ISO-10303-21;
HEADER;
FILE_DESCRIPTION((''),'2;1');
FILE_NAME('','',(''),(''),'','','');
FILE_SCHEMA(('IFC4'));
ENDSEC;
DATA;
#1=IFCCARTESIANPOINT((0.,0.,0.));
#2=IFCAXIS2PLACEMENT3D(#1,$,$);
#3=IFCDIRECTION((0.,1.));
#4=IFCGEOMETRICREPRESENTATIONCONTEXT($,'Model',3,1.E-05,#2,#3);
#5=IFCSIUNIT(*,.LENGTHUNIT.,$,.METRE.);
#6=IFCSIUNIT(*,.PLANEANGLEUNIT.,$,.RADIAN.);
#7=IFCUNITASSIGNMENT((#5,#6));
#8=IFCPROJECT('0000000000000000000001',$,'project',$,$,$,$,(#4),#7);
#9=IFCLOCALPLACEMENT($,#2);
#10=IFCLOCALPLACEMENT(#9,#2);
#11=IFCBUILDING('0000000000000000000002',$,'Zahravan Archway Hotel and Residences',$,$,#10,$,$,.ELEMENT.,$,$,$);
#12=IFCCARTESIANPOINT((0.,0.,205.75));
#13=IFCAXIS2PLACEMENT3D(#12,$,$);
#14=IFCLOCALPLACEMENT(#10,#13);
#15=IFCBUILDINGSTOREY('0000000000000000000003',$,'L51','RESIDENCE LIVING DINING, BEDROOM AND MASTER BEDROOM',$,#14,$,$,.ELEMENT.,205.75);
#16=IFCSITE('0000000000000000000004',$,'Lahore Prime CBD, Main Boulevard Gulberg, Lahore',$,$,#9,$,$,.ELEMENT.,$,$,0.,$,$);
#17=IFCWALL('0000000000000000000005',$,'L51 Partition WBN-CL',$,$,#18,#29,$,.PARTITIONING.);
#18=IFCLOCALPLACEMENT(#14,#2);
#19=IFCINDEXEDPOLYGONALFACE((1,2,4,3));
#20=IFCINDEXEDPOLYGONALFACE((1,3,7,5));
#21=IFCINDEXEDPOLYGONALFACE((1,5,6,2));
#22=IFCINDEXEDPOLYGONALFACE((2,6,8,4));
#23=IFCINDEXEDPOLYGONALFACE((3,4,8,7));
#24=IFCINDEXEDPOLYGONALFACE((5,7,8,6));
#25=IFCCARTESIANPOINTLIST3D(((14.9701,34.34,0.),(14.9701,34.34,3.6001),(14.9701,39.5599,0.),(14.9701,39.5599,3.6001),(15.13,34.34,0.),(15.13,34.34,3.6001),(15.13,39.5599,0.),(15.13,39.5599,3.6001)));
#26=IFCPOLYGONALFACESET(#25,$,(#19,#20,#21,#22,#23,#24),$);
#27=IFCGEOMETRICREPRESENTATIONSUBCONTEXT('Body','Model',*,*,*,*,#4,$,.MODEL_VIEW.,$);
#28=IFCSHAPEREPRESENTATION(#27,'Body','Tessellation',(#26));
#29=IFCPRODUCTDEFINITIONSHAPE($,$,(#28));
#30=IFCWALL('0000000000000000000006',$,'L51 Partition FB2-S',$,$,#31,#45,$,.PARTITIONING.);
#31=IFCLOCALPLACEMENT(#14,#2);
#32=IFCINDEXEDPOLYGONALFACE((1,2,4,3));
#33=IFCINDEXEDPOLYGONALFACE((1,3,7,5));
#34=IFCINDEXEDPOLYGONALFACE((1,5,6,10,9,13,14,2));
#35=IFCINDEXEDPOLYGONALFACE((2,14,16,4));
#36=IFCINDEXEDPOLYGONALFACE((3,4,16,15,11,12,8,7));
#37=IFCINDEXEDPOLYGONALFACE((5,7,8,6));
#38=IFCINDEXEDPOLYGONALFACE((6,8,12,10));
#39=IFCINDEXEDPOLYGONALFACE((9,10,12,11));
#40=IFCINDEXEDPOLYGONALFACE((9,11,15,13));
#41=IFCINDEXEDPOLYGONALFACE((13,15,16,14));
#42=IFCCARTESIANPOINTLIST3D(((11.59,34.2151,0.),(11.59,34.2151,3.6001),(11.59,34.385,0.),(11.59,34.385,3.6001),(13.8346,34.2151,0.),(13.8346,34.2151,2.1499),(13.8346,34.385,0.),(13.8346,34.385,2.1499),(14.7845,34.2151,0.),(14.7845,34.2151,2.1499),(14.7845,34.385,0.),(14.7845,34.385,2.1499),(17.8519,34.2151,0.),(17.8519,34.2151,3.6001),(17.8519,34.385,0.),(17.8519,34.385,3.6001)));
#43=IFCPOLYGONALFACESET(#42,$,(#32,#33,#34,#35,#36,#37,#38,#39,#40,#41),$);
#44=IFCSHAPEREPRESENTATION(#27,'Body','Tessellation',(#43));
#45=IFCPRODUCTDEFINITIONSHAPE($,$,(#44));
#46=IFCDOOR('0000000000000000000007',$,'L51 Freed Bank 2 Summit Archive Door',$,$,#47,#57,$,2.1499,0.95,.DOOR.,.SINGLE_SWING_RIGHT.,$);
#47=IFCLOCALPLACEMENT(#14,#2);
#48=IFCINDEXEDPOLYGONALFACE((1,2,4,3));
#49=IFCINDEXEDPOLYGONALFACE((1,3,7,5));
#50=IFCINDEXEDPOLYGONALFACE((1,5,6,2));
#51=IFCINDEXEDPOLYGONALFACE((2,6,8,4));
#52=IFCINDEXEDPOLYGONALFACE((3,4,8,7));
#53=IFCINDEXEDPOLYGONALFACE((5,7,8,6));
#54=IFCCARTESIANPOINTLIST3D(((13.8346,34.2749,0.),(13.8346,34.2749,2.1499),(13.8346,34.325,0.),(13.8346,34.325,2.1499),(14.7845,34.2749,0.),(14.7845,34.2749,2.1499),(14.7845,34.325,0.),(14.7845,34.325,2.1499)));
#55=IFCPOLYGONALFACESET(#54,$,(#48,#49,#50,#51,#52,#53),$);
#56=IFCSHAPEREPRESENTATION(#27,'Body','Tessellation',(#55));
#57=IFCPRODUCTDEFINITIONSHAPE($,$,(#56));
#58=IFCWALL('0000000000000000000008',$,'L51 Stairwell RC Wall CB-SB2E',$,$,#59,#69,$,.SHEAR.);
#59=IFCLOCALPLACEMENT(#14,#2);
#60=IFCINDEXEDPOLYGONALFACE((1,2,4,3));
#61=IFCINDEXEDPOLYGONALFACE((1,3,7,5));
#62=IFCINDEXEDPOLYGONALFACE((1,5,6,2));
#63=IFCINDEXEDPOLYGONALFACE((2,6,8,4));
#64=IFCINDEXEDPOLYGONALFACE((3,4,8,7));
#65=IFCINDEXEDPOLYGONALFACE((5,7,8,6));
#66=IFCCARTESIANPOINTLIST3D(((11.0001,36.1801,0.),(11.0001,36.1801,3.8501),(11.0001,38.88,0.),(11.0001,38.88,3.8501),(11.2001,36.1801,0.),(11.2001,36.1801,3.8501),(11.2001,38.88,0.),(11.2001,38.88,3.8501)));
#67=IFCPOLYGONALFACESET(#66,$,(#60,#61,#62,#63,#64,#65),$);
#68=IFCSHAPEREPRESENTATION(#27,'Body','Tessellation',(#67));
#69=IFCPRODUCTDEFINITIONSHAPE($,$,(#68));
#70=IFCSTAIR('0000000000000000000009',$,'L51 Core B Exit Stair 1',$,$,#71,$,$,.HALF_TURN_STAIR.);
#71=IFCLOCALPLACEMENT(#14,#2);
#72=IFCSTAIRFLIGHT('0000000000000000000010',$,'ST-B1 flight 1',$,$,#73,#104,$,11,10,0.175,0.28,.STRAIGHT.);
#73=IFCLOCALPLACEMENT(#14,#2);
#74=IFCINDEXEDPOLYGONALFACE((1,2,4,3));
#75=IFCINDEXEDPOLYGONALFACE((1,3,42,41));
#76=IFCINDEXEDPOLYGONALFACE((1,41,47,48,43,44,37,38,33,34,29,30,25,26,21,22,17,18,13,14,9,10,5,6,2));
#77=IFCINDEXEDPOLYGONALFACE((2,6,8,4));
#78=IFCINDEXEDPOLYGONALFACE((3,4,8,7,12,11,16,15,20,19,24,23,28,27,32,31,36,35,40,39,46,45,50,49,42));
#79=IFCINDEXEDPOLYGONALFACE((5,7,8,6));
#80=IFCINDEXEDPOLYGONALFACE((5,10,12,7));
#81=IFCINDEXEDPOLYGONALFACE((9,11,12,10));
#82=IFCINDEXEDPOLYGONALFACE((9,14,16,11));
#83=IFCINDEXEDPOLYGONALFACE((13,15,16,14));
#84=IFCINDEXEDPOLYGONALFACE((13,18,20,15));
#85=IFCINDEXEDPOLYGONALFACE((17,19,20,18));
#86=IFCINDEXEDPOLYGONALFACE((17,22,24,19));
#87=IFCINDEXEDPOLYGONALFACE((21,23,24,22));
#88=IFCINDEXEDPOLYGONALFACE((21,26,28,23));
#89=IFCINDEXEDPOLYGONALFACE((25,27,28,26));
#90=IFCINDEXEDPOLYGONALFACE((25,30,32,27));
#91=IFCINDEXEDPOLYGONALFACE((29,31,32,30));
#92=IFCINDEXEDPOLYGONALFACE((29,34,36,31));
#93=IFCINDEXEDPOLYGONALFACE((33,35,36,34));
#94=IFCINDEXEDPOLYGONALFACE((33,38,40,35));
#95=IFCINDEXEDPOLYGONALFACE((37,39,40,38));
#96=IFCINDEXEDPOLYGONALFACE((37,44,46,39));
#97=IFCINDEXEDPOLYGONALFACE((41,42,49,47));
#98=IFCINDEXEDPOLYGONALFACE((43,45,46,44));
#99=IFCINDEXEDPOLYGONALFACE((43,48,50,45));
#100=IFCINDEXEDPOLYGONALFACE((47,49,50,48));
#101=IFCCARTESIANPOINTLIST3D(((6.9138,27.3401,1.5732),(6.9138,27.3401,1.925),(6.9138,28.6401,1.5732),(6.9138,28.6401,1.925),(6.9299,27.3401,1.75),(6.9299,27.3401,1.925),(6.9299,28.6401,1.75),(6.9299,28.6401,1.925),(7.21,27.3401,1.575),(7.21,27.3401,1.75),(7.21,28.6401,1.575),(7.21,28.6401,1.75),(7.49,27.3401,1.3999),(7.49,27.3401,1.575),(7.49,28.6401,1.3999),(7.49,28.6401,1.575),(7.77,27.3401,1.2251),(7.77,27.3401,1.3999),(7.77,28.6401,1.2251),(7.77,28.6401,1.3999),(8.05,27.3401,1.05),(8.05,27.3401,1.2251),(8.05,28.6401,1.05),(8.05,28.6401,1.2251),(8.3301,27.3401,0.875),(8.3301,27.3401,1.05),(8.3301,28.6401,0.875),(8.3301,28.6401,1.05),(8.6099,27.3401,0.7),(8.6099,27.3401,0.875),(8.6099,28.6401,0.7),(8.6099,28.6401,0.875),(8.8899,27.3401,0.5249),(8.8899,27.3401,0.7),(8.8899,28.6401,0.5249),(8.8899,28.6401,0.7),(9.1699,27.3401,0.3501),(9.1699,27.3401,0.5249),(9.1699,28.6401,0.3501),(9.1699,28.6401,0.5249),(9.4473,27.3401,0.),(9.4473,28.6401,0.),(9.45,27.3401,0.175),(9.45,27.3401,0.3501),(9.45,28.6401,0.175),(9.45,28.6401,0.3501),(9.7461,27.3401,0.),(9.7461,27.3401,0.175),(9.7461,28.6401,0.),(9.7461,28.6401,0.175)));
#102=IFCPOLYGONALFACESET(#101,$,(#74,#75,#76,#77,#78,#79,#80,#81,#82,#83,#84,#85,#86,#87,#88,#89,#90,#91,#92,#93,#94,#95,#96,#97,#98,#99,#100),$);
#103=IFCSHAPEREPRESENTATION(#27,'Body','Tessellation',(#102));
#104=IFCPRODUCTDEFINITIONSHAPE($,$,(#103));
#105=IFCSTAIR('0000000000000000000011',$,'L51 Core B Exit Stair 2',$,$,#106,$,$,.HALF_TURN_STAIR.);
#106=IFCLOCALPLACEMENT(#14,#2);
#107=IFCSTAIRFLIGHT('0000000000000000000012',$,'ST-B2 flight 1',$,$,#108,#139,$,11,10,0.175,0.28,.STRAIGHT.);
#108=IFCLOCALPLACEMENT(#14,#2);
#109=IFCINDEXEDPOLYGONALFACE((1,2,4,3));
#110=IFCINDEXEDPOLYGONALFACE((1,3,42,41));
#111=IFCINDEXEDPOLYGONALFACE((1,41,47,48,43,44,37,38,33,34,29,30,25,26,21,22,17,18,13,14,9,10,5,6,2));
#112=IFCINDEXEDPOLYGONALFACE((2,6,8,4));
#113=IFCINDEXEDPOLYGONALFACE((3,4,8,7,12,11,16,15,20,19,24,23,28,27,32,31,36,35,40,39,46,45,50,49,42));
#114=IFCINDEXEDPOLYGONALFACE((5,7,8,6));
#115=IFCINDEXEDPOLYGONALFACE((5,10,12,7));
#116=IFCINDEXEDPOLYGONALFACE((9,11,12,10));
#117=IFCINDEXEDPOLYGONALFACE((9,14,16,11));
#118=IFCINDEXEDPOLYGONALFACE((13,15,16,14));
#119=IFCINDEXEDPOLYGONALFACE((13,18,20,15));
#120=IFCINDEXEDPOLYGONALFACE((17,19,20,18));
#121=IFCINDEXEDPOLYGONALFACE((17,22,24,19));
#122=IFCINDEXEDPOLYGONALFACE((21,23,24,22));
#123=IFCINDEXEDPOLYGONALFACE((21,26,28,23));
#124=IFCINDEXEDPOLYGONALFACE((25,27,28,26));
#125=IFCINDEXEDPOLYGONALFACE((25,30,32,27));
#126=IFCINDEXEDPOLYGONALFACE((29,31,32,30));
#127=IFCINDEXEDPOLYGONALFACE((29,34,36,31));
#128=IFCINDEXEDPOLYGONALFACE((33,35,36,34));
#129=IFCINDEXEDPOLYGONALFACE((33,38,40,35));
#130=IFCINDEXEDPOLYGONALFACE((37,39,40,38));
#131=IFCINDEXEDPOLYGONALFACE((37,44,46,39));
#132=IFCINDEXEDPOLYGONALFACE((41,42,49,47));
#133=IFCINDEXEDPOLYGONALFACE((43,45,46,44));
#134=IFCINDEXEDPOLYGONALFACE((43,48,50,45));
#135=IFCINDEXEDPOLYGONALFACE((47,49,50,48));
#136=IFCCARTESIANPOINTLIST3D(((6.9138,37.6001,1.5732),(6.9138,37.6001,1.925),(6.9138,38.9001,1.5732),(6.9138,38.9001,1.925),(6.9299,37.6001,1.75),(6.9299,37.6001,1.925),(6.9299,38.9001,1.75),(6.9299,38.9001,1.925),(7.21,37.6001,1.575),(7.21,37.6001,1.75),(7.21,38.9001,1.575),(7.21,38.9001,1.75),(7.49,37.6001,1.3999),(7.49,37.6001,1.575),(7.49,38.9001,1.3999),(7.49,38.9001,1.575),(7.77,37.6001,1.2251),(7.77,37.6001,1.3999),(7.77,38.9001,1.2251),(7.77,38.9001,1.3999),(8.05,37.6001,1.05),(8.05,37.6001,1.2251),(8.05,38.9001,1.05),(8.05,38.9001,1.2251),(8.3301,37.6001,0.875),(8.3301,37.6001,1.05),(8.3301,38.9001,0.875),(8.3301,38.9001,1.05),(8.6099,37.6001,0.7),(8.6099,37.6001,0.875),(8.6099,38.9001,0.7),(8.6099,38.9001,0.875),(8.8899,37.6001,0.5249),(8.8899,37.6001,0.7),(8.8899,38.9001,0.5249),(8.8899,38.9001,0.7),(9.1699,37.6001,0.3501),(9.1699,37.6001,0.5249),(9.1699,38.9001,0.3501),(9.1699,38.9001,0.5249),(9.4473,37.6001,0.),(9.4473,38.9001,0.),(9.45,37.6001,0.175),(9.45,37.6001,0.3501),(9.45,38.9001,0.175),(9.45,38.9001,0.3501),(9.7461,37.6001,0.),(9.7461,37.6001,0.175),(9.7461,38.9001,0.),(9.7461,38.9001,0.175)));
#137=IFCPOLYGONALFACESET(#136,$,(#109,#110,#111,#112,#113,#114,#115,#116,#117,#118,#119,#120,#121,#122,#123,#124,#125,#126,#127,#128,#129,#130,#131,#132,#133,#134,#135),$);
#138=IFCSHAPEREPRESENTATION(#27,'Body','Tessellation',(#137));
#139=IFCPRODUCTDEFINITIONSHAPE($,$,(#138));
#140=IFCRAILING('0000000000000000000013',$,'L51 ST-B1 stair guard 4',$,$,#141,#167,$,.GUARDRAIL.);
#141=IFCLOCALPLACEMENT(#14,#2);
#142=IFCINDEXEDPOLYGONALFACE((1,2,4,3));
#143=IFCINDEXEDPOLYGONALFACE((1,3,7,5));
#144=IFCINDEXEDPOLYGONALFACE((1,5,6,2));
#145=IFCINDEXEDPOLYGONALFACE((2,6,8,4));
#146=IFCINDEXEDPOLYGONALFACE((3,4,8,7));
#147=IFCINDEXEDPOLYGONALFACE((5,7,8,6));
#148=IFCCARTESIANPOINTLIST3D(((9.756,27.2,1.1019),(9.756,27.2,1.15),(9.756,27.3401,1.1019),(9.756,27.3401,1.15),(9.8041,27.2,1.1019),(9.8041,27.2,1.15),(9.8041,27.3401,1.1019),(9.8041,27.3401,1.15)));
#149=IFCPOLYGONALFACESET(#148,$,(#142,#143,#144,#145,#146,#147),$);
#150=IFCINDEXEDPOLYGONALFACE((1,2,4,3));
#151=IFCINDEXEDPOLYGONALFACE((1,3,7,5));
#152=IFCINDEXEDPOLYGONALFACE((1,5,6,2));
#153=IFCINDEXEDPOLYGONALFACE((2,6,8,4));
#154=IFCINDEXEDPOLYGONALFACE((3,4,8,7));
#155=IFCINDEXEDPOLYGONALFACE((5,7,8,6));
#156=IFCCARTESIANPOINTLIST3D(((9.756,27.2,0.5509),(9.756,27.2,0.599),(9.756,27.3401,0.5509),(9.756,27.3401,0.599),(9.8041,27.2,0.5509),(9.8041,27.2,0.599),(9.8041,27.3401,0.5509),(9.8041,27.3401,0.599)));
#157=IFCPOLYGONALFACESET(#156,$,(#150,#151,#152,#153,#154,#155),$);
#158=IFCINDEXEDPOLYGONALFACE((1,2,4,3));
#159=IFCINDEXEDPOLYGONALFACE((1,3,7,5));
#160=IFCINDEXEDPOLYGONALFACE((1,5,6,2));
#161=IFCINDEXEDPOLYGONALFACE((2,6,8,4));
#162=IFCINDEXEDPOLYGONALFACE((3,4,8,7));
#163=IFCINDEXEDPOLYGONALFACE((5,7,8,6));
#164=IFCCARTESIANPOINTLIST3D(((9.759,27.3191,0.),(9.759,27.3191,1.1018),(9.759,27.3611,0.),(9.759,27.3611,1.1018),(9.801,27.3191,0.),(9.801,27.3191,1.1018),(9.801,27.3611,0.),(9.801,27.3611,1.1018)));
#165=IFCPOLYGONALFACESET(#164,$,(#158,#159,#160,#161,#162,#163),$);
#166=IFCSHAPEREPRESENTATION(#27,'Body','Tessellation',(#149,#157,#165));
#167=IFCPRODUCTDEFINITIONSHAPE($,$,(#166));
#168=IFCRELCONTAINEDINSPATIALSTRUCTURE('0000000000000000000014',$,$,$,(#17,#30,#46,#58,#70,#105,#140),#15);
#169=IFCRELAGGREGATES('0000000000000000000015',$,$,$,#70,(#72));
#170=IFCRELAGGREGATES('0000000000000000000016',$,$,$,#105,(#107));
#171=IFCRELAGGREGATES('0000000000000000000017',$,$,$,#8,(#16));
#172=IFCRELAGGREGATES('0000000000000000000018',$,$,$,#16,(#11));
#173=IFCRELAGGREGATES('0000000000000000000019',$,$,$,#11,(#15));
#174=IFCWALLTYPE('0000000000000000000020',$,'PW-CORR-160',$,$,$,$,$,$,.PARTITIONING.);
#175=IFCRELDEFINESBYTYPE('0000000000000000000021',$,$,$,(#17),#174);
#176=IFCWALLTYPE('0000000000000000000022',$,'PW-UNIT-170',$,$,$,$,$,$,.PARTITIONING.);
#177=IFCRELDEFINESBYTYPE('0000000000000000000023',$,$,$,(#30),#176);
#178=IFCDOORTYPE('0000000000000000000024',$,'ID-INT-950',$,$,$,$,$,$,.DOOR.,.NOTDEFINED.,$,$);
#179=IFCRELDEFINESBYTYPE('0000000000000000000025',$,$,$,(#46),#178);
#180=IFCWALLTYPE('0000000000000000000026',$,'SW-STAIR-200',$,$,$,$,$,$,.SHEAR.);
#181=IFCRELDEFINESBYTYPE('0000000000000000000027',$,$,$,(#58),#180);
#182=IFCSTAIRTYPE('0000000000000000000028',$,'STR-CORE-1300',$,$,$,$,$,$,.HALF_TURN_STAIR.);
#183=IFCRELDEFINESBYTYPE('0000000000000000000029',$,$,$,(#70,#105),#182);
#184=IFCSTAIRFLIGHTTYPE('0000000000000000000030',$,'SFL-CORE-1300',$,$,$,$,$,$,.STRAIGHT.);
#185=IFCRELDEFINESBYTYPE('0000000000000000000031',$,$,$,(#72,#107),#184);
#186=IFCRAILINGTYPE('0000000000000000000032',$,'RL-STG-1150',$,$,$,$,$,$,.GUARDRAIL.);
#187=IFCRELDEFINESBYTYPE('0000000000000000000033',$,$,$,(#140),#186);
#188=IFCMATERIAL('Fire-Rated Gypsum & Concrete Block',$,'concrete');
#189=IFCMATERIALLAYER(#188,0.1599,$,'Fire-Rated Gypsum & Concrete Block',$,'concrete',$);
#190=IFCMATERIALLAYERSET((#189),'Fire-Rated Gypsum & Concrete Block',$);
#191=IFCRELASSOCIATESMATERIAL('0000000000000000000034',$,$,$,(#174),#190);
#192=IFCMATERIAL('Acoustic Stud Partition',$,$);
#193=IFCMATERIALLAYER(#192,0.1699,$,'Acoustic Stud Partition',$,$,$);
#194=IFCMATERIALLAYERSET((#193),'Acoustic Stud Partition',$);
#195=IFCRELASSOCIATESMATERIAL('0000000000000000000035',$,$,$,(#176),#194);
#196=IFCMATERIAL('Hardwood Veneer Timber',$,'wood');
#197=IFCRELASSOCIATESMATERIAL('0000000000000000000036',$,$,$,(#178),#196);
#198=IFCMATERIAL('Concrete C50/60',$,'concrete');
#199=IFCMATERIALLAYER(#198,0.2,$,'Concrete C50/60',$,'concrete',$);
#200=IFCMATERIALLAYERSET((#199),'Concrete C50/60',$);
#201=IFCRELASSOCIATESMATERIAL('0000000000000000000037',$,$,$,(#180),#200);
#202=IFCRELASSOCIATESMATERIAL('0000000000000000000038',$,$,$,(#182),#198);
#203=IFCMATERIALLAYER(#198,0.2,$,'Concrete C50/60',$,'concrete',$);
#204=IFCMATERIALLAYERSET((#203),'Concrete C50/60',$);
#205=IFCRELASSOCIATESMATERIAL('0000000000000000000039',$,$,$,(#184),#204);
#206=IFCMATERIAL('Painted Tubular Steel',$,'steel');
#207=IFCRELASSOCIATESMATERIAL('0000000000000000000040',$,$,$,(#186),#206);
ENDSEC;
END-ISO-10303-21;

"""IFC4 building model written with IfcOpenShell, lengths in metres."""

from ifc_helpers import new_model, si_unit, direction, frame, frame_2d, origin, origin_2d, place, context, subcontext, project, spatial, polyline, rectangle, outline, extrude, source, transform, mapped, material, layer, layer_set, type_object, type_shapes, element, fill, aggregate, save


model = new_model("IFC4")

# Units and contexts
model_context = context("Model", 3, precision=1e-05, world=origin(), true_north=direction((0.0, 1.0)))
body_context = subcontext(model_context, "Body", "Model", "MODEL_VIEW")
ifc_project = project(units=[si_unit("LENGTHUNIT", "METRE"), si_unit("PLANEANGLEUNIT", "RADIAN")], contexts=[model_context])

# Site, building, storey
site_placement = place(None, origin())
site = spatial("IfcSite", under=ifc_project, at=site_placement, Name="Lahore Prime CBD, Main Boulevard Gulberg, Lahore", CompositionType="ELEMENT", RefElevation=0.0)
building_placement = place(site_placement, origin())
building = spatial("IfcBuilding", under=site, at=building_placement, Name="Zahravan Archway Hotel and Residences", CompositionType="ELEMENT")
storey_placement = place(building_placement, frame((0.0, 0.0, 205.75)))
storey = spatial("IfcBuildingStorey", under=building, at=storey_placement, Name="L51", Description="RESIDENCE LIVING DINING, BEDROOM AND MASTER BEDROOM", CompositionType="ELEMENT", Elevation=205.75)

# Wall
ifc_material_1 = material(Name="Fire-Rated Gypsum & Concrete Block", Category="concrete")
ifc_layer_1 = layer(ifc_material_1, 0.1599, Name="Fire-Rated Gypsum & Concrete Block", Category="concrete")
ifc_layer_set_1 = layer_set([ifc_layer_1], Name="Fire-Rated Gypsum & Concrete Block")
wall_type_1 = type_object("IfcWallType", Name="PW-CORR-160", PredefinedType="PARTITIONING", material=ifc_layer_set_1)
wall_1_placement = place(storey_placement, frame((15.05, 34.3401, 0.0), z_axis=(0.0, 0.0, 1.0), x_axis=(0.0, 1.0, 0.0)))
element("IfcWall", 1, at=wall_1_placement, inside=storey, type_object=wall_type_1, Name="L51 Partition WBN-CL", PredefinedType="PARTITIONING", context=body_context, shape_type="SweptSolid", body=[
    extrude(rectangle(XDim=5.22, YDim=0.1599, at=frame_2d((2.6099, 0.0))), origin(), (0.0, 0.0, 1.0), 3.6001),
])

# Wall, opening, door
ifc_material_2 = material(Name="Acoustic Stud Partition")
ifc_layer_2 = layer(ifc_material_2, 0.1699, Name="Acoustic Stud Partition")
ifc_layer_set_2 = layer_set([ifc_layer_2], Name="Acoustic Stud Partition")
wall_type_2 = type_object("IfcWallType", Name="PW-UNIT-170", PredefinedType="PARTITIONING", material=ifc_layer_set_2)
ifc_material_3 = material(Name="Hardwood Veneer Timber", Category="wood")
door_type = type_object("IfcDoorType", Name="ID-INT-950", OperationType="NOTDEFINED", PredefinedType="DOOR", material=ifc_material_3)
shared_shape_1 = source(origin(), body_context, "Body", "SweptSolid", [
    extrude(rectangle(XDim=0.95, YDim=2.1499, at=frame_2d((0.4751, 1.075))), frame((0.0, 0.0249, 0.0), z_axis=(0.0, -1.0, 0.0), x_axis=(1.0, 0.0, 0.0)), (0.0, 0.0, 1.0), 0.05),
])
type_shapes(door_type, [shared_shape_1])
wall_2_placement = place(storey_placement, frame((11.5901, 34.3, 0.0), z_axis=(0.0, 0.0, 1.0), x_axis=(1.0, 0.0, 0.0)))
wall_2 = element("IfcWall", 2, at=wall_2_placement, inside=storey, type_object=wall_type_2, Name="L51 Partition FB2-S", PredefinedType="PARTITIONING", context=body_context, shape_type="SweptSolid", body=[
    extrude(rectangle(XDim=6.262, YDim=0.1699, at=frame_2d((3.1309, 0.0))), origin(), (0.0, 0.0, 1.0), 3.6001),
])
opening_1_placement = place(wall_2_placement, frame((2.2444, 0.0, 0.0)))
opening_1 = element("IfcOpeningElement", 3, at=opening_1_placement, cuts=wall_2, PredefinedType="OPENING", context=body_context, shape_type="SweptSolid", body=[
    extrude(rectangle(XDim=0.95, YDim=2.1499, at=frame_2d((0.4751, 1.075))), frame((0.0, 0.095, 0.0), z_axis=(0.0, -1.0, 0.0), x_axis=(1.0, 0.0, 0.0)), (0.0, 0.0, 1.0), 0.1899),
])
door_1_placement = place(opening_1_placement, origin())
door_1 = element("IfcDoor", 4, at=door_1_placement, inside=storey, type_object=door_type, Name="L51 Freed Bank 2 Summit Archive Door", OperationType="SINGLE_SWING_RIGHT", OverallHeight=2.1499, OverallWidth=0.95, PredefinedType="DOOR", context=body_context, shape_type="MappedRepresentation", body=[
    mapped(shared_shape_1, transform((0.0, 0.0, 0.0), scale=1.0)),
])
fill(opening_1, door_1)

# Wall
ifc_material_4 = material(Name="Concrete C50/60", Category="concrete")
ifc_layer_3 = layer(ifc_material_4, 0.2, Name="Concrete C50/60", Category="concrete")
ifc_layer_set_3 = layer_set([ifc_layer_3], Name="Concrete C50/60")
wall_type_3 = type_object("IfcWallType", Name="SW-STAIR-200", PredefinedType="SHEAR", material=ifc_layer_set_3)
wall_3_placement = place(storey_placement, frame((11.1001, 36.1799, 0.0), z_axis=(0.0, 0.0, 1.0), x_axis=(0.0, 1.0, 0.0)))
element("IfcWall", 5, at=wall_3_placement, inside=storey, type_object=wall_type_3, Name="L51 Stairwell RC Wall CB-SB2E", PredefinedType="SHEAR", context=body_context, shape_type="SweptSolid", body=[
    extrude(rectangle(XDim=2.7, YDim=0.2, at=frame_2d((1.3501, 0.0))), origin(), (0.0, 0.0, 1.0), 3.8501),
])

# Stairs, stair flights
stair_type = type_object("IfcStairType", Name="STR-CORE-1300", PredefinedType="HALF_TURN_STAIR", material=ifc_material_4)
stair_1_placement = place(storey_placement, origin())
stair_1 = element("IfcStair", 6, at=stair_1_placement, inside=storey, type_object=stair_type, Name="L51 Core B Exit Stair 1", PredefinedType="HALF_TURN_STAIR")
ifc_layer_4 = layer(ifc_material_4, 0.2, Name="Concrete C50/60", Category="concrete")
ifc_layer_set_4 = layer_set([ifc_layer_4], Name="Concrete C50/60")
stair_flight_type = type_object("IfcStairFlightType", Name="SFL-CORE-1300", PredefinedType="STRAIGHT", material=ifc_layer_set_4)
shared_shape_2 = source(origin(), body_context, "Body", "SweptSolid", [
    extrude(outline(polyline([(-0.0161, 0.0), (-0.0161, 0.175), (0.28, 0.175), (0.28, 0.3501), (0.5601, 0.3501), (0.5601, 0.5249), (0.8401, 0.5249), (0.8401, 0.7), (1.1201, 0.7), (1.1201, 0.875), (1.3999, 0.875), (1.3999, 1.05), (1.6799, 1.05), (1.6799, 1.2251), (1.96, 1.2251), (1.96, 1.3999), (2.24, 1.3999), (2.24, 1.575), (2.52, 1.575), (2.52, 1.75), (2.8, 1.75), (2.8, 1.925), (2.8162, 1.925), (2.8162, 1.5732), (0.2827, 0.0), (-0.0161, 0.0)])), frame((0.0, 0.6499, 0.0), z_axis=(0.0, -1.0, 0.0), x_axis=(1.0, 0.0, 0.0)), (0.0, 0.0, 1.0), 1.3),
])
stair_flight_1_placement = place(storey_placement, frame((9.73, 27.99, 0.0), z_axis=(0.0, 0.0, 1.0), x_axis=(-1.0, 0.0, 0.0)))
stair_flight_1 = element("IfcStairFlight", 7, at=stair_flight_1_placement, type_object=stair_flight_type, Name="ST-B1 flight 1", NumberOfRisers=11, NumberOfTreads=10, PredefinedType="STRAIGHT", RiserHeight=0.175, TreadLength=0.28, context=body_context, shape_type="MappedRepresentation", body=[
    mapped(shared_shape_2, transform((0.0, 0.0, 0.0), scale=1.0)),
])
aggregate(stair_1, [stair_flight_1])
stair_2_placement = place(storey_placement, origin())
stair_2 = element("IfcStair", 8, at=stair_2_placement, inside=storey, type_object=stair_type, Name="L51 Core B Exit Stair 2", PredefinedType="HALF_TURN_STAIR")
stair_flight_2_placement = place(storey_placement, frame((9.73, 38.25, 0.0), z_axis=(0.0, 0.0, 1.0), x_axis=(-1.0, 0.0, 0.0)))
stair_flight_2 = element("IfcStairFlight", 9, at=stair_flight_2_placement, type_object=stair_flight_type, Name="ST-B2 flight 1", NumberOfRisers=11, NumberOfTreads=10, PredefinedType="STRAIGHT", RiserHeight=0.175, TreadLength=0.28, context=body_context, shape_type="MappedRepresentation", body=[
    mapped(shared_shape_2, transform((0.0, 0.0, 0.0), scale=1.0)),
])
aggregate(stair_2, [stair_flight_2])

# Railing
ifc_material_5 = material(Name="Painted Tubular Steel", Category="steel")
railing_type_1 = type_object("IfcRailingType", Name="RL-STG-1150", PredefinedType="GUARDRAIL", material=ifc_material_5)
railing_1_placement = place(storey_placement, frame((9.78, 27.3401, 0.0)))
element("IfcRailing", 10, at=railing_1_placement, inside=storey, type_object=railing_type_1, Name="L51 ST-B1 stair guard 4", PredefinedType="GUARDRAIL", context=body_context, shape_type="SweptSolid", body=[
    extrude(rectangle(XDim=0.0481, YDim=0.0481, at=origin_2d()), frame((0.0, 0.0, 1.126), z_axis=(0.0, -1.0, 0.0), x_axis=(1.0, 0.0, 0.0)), (0.0, 0.0, 1.0), 0.1401),
    extrude(rectangle(XDim=0.0481, YDim=0.0481, at=origin_2d()), frame((0.0, 0.0, 0.575), z_axis=(0.0, -1.0, 0.0), x_axis=(1.0, 0.0, 0.0)), (0.0, 0.0, 1.0), 0.1401),
    extrude(rectangle(XDim=0.042, YDim=0.042, at=origin_2d()), origin(), (0.0, 0.0, 1.0), 1.1018),
])

save(model, "model.ifc")
